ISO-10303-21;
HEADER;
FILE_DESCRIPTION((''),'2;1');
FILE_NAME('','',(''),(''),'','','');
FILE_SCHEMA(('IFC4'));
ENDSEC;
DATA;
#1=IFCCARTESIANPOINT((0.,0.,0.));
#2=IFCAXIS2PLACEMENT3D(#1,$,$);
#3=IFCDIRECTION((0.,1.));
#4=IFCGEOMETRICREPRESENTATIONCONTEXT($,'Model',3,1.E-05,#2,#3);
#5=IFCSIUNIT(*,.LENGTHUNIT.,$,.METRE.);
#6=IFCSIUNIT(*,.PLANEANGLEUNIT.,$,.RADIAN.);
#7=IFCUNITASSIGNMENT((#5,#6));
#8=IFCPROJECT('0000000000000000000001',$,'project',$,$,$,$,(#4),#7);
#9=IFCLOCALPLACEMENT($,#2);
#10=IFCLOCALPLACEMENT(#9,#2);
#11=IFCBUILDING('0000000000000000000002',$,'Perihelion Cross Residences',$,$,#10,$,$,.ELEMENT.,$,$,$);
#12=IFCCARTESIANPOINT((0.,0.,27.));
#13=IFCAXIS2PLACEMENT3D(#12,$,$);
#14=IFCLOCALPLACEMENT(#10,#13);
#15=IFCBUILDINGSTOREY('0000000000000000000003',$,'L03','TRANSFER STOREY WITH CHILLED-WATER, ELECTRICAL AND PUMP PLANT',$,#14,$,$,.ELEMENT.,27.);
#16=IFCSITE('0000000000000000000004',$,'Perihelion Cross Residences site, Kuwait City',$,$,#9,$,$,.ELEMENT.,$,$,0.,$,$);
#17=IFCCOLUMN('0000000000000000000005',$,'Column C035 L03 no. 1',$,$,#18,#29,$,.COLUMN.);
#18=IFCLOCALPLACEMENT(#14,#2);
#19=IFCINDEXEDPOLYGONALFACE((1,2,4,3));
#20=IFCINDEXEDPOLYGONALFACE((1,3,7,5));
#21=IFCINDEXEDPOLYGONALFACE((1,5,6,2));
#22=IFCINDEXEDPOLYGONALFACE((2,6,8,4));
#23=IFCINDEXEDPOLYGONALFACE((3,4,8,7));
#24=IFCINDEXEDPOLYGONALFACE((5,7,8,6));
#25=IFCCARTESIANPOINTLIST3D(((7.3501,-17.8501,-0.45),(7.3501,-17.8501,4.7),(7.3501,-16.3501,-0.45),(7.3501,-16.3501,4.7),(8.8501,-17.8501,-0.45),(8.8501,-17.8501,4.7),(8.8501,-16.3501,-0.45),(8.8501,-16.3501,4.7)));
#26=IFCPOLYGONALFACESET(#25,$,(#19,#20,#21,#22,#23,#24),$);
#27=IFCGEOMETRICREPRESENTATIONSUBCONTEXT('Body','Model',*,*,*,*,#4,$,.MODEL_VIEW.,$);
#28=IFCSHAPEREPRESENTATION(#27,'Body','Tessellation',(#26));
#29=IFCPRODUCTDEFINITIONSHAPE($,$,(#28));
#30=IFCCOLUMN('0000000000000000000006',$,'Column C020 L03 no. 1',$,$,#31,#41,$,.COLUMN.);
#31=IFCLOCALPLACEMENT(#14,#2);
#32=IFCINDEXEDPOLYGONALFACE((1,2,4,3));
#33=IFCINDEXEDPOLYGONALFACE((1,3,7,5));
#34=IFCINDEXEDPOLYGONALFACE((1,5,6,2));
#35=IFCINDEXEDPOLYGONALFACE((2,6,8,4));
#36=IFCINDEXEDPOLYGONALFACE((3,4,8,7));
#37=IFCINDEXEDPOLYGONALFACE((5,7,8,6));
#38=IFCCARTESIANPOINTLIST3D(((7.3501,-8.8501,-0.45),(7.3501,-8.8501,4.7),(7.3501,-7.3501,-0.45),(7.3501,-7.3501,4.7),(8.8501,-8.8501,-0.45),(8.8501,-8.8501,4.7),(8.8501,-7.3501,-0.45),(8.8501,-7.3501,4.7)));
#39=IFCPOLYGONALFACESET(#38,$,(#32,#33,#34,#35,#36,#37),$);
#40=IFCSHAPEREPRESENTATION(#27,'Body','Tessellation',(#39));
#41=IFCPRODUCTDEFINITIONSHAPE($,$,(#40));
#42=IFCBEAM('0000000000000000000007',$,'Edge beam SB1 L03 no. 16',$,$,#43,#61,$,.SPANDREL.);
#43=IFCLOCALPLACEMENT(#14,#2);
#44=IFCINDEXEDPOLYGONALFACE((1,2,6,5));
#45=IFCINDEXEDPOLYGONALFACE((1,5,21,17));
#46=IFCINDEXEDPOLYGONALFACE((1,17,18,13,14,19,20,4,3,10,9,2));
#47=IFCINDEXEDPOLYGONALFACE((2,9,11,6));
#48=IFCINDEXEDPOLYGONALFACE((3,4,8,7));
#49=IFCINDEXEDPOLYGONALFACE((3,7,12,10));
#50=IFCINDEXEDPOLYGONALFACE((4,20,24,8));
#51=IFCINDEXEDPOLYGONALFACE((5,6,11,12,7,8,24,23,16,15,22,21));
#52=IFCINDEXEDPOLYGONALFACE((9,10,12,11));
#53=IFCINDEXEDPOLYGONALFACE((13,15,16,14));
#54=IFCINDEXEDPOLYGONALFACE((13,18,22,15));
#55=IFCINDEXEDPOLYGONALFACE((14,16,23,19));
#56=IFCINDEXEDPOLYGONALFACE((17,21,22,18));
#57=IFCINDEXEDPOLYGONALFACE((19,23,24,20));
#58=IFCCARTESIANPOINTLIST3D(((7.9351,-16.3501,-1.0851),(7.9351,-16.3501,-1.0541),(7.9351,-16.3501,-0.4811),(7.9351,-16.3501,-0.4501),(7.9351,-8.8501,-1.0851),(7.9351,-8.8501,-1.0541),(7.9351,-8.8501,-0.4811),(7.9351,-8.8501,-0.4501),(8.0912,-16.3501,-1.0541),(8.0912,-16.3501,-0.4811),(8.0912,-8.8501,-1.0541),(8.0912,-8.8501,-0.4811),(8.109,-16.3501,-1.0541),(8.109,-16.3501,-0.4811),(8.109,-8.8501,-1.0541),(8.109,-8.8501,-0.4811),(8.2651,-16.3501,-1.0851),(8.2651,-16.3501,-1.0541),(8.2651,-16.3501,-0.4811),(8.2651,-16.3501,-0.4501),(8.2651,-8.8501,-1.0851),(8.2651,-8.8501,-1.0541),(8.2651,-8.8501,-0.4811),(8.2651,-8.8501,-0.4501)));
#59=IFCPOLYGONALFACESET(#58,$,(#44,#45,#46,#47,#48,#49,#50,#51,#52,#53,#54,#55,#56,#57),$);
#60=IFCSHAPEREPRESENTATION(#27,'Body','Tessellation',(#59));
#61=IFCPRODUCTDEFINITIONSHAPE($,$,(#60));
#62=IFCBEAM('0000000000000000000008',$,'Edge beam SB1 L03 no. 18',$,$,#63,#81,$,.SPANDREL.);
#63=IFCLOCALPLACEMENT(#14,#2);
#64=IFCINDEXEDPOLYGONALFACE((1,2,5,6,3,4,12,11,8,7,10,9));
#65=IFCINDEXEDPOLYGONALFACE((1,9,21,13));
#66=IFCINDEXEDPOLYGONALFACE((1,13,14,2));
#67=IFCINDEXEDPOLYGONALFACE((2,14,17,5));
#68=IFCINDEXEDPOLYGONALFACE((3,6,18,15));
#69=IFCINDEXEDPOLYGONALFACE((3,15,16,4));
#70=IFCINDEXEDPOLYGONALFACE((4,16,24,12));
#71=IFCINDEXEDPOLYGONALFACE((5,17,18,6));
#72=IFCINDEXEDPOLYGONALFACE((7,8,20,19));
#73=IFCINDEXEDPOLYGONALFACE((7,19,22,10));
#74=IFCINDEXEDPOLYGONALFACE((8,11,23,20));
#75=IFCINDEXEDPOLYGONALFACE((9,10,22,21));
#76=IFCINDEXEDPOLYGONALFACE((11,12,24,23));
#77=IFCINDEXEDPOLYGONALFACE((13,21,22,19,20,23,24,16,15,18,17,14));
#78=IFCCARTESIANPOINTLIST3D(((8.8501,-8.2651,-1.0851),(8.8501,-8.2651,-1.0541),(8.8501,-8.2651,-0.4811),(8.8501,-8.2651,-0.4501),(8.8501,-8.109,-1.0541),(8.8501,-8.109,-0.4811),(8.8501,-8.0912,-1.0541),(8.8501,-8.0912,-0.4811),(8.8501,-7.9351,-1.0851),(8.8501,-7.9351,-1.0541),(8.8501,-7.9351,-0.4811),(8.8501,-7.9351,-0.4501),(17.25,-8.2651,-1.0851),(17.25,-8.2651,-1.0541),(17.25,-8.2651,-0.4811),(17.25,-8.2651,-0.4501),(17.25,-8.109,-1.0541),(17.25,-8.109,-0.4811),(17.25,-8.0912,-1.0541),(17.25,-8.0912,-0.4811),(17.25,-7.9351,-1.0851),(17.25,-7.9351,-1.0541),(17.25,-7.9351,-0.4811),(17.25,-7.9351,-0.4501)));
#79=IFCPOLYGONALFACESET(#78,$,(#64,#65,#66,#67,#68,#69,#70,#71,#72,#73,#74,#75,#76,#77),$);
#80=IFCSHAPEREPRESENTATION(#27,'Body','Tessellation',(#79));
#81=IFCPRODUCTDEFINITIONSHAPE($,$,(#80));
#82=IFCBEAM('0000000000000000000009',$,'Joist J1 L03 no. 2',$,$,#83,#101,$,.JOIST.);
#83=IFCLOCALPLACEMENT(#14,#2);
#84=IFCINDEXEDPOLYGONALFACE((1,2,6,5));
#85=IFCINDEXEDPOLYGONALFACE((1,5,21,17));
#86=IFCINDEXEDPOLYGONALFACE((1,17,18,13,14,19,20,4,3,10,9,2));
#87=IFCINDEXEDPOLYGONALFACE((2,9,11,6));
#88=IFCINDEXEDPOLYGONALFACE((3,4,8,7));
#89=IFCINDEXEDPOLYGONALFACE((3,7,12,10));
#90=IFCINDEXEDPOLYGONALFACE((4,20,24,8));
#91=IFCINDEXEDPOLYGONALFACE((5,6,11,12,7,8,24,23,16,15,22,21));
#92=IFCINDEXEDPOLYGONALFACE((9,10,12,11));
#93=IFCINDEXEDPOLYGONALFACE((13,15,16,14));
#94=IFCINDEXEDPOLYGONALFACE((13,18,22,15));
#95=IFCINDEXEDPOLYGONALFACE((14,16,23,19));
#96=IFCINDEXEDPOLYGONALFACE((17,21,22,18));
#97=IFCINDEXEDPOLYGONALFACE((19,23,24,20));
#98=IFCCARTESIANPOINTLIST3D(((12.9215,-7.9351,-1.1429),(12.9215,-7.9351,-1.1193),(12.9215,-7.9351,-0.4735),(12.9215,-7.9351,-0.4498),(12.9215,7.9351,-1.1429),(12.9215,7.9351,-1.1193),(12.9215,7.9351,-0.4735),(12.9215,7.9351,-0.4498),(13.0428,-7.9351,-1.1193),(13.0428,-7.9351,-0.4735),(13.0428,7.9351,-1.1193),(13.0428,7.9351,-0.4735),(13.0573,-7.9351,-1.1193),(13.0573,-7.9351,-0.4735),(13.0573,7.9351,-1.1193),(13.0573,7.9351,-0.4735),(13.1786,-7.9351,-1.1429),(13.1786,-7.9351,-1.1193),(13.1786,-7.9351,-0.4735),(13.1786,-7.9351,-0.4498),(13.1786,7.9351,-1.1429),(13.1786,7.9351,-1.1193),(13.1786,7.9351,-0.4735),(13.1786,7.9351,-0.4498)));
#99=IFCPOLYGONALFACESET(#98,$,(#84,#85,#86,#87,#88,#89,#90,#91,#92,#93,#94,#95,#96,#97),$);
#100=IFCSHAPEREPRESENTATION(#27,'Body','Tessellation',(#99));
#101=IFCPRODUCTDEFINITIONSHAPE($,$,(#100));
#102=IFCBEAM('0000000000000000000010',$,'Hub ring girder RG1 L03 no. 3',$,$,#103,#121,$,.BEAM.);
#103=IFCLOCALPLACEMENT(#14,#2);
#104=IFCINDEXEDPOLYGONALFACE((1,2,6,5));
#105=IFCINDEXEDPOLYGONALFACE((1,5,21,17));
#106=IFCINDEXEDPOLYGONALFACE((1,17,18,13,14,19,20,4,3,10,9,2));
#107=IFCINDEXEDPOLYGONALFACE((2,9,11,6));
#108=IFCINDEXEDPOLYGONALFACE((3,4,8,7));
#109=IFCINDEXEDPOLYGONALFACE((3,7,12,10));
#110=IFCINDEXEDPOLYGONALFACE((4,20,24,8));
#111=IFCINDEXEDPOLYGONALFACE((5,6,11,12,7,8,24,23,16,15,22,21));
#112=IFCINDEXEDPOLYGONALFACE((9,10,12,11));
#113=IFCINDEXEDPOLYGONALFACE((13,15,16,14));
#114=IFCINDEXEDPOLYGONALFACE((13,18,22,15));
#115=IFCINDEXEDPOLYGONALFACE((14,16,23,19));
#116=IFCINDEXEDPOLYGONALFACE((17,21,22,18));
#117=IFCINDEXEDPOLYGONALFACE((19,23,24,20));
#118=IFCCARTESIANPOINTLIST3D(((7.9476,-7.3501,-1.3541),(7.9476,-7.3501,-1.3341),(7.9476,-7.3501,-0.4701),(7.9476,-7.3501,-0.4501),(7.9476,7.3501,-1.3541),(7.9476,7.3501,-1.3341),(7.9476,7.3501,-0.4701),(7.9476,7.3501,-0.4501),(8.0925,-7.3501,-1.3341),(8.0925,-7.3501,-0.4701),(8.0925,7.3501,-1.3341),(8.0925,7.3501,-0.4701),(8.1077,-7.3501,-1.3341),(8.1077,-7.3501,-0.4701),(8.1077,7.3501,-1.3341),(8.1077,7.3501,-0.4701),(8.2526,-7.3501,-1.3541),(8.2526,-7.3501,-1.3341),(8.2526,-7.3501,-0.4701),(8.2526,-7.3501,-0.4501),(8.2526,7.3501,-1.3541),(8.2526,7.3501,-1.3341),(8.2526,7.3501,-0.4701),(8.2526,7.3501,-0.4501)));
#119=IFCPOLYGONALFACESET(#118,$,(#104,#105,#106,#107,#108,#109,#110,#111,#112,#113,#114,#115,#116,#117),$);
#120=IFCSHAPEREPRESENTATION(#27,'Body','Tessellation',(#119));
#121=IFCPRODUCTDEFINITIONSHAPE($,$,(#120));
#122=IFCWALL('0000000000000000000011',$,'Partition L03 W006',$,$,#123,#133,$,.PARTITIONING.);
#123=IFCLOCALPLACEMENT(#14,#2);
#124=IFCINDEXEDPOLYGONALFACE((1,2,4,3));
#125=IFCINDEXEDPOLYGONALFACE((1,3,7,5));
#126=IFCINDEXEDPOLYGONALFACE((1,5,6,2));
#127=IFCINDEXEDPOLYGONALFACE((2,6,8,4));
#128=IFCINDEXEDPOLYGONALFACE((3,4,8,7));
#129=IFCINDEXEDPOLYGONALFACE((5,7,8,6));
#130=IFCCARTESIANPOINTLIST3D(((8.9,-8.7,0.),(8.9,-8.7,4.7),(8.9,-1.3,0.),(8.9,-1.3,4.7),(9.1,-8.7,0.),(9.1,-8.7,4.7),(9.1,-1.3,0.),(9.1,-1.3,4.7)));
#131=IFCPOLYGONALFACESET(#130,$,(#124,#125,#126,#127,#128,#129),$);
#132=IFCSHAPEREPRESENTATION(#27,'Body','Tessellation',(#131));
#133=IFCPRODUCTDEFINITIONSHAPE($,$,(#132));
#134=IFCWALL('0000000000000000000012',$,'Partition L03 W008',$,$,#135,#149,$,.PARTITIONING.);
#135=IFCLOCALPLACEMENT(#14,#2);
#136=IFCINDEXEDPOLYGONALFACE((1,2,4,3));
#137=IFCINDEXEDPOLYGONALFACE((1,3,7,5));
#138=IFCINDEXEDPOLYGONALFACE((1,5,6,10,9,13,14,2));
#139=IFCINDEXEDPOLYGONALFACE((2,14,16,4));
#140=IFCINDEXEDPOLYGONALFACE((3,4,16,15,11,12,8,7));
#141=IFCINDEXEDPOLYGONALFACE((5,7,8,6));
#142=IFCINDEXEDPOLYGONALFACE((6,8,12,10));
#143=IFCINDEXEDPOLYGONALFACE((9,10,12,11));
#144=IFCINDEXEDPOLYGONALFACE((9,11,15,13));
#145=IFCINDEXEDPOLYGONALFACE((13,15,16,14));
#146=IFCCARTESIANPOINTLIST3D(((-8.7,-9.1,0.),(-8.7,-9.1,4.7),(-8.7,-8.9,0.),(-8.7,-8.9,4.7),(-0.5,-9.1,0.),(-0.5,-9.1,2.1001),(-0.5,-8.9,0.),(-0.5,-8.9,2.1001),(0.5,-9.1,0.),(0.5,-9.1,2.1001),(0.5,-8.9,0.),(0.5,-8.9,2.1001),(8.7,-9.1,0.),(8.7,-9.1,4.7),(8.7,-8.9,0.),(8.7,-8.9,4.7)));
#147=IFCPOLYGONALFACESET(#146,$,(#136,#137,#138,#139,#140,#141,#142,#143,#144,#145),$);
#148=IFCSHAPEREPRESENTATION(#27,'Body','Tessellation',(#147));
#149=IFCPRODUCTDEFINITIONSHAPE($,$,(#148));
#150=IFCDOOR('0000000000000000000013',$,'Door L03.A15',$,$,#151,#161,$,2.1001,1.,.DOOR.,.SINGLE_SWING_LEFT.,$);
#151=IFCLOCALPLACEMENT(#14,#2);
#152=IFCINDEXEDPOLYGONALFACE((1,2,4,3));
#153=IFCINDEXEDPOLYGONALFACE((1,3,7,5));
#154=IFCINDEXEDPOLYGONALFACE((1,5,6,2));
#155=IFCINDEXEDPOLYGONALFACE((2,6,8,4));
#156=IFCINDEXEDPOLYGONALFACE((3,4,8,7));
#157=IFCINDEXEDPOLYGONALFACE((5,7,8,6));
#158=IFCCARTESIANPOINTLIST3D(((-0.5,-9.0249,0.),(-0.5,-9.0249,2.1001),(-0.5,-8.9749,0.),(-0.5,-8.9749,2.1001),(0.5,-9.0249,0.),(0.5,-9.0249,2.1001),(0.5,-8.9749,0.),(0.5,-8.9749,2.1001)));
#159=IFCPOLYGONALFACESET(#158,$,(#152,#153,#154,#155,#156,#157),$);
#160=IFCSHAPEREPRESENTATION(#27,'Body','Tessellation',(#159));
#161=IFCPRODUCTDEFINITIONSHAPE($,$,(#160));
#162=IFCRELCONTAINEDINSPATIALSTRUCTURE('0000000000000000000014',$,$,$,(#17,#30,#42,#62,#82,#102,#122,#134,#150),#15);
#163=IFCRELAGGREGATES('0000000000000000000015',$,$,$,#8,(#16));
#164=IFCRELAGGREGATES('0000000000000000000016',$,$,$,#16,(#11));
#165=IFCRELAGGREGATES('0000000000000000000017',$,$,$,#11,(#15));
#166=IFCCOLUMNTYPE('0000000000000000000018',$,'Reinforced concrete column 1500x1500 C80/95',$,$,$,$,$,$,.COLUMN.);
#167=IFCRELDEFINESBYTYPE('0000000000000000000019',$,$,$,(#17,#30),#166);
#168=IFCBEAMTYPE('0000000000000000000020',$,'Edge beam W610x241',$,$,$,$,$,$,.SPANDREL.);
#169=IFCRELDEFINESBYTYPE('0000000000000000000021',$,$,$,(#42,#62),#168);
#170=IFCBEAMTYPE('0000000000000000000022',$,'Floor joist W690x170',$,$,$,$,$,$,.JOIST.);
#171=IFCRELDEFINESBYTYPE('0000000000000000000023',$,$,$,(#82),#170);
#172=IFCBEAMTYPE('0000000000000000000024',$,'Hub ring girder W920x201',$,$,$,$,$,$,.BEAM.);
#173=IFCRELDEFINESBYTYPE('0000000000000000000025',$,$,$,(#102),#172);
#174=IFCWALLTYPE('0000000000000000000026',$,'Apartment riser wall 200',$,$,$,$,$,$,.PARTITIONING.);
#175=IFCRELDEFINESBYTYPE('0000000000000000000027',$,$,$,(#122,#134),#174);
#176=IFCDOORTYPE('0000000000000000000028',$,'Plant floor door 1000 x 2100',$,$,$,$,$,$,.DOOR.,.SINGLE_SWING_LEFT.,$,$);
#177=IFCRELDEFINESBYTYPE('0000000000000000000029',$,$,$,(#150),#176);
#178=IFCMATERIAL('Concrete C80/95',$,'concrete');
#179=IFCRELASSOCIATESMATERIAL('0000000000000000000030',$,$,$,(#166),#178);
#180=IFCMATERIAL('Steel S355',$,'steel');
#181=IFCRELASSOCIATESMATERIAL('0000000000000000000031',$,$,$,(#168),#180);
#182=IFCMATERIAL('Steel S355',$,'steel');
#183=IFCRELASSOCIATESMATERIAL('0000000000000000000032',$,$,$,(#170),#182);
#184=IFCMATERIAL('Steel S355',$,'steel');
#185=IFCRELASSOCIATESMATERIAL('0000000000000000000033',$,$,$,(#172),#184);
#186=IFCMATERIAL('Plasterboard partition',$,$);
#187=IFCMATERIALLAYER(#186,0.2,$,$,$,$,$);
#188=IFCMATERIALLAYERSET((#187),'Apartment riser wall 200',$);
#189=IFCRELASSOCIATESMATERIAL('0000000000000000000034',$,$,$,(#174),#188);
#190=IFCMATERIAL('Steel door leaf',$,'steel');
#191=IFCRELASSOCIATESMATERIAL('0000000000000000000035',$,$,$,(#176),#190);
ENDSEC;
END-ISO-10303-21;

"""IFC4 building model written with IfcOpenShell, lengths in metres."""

from ifc_helpers import new_model, si_unit, direction, frame, frame_2d, origin, origin_2d, place, context, subcontext, project, spatial, rectangle, i_section, extrude, material, layer, layer_set, material_profile, profile_set, type_object, element, fill, save


model = new_model("IFC4")

# Units and contexts
model_context = context("Model", 3, precision=1e-05, world=origin(), true_north=direction((0.0, 1.0)))
body_context = subcontext(model_context, "Body", "Model", "MODEL_VIEW")
ifc_project = project(units=[si_unit("LENGTHUNIT", "METRE"), si_unit("PLANEANGLEUNIT", "RADIAN")], contexts=[model_context])

# Site, building, storey
site_placement = place(None, origin())
site = spatial("IfcSite", under=ifc_project, at=site_placement, Name="Perihelion Cross Residences site, Kuwait City", CompositionType="ELEMENT", RefElevation=0.0)
building_placement = place(site_placement, origin())
building = spatial("IfcBuilding", under=site, at=building_placement, Name="Perihelion Cross Residences", CompositionType="ELEMENT")
storey_placement = place(building_placement, frame((0.0, 0.0, 27.0)))
storey = spatial("IfcBuildingStorey", under=building, at=storey_placement, Name="L03", Description="TRANSFER STOREY WITH CHILLED-WATER, ELECTRICAL AND PUMP PLANT", CompositionType="ELEMENT", Elevation=27.0)

# Columns
ifc_material_1 = material(Name="Concrete C80/95", Category="concrete")
ifc_material_profile_1 = material_profile(ifc_material_1, rectangle(XDim=1.5, YDim=1.5, at=origin_2d()), Name="RC 1500x1500")
ifc_profile_set_1 = profile_set([ifc_material_profile_1], Name="Concrete C80/95")
column_type = type_object("IfcColumnType", Name="Reinforced concrete column 1500x1500 C80/95", PredefinedType="COLUMN", material=ifc_profile_set_1)
for number, where, z_axis, x_axis, name in (
    (1, (8.1001, -17.1001, -0.45), (0.0, 0.0, 1.0), (1.0, 0.0, 0.0), "Column C035 L03 no. 1"),
    (2, (8.1001, -8.1001, -0.45), (0.0, 0.0, 1.0), (1.0, 0.0, 0.0), "Column C020 L03 no. 1"),
):
    element("IfcColumn", number, at=place(storey_placement, frame(where, z_axis=z_axis, x_axis=x_axis)), inside=storey, type_object=column_type, Name=name, PredefinedType="COLUMN", context=body_context, shape_type="SweptSolid", body=[
        extrude(rectangle(XDim=1.5, YDim=1.5, at=origin_2d()), origin(), (0.0, 0.0, 1.0), 5.1499),
    ])

# Beams
ifc_material_2 = material(Name="Steel S355", Category="steel")
ifc_material_profile_2 = material_profile(ifc_material_2, i_section(OverallWidth=0.3301, OverallDepth=0.635, WebThickness=0.0178, FlangeThickness=0.031, at=origin_2d()), Name="W610x241")
ifc_profile_set_2 = profile_set([ifc_material_profile_2], Name="Steel S355")
beam_type_1 = type_object("IfcBeamType", Name="Edge beam W610x241", PredefinedType="SPANDREL", material=ifc_profile_set_2)
beam_1_placement = place(storey_placement, frame((8.1001, -16.3501, -0.7676), z_axis=(0.0, 1.0, 0.0), x_axis=(-1.0, 0.0, 0.0)))
element("IfcBeam", 3, at=beam_1_placement, inside=storey, type_object=beam_type_1, Name="Edge beam SB1 L03 no. 16", PredefinedType="SPANDREL", context=body_context, shape_type="SweptSolid", body=[
    extrude(i_section(OverallWidth=0.3301, OverallDepth=0.635, WebThickness=0.0178, FlangeThickness=0.031, at=origin_2d()), origin(), (0.0, 0.0, 1.0), 7.5),
])
beam_2_placement = place(storey_placement, frame((8.8501, -8.1001, -0.7676), z_axis=(1.0, 0.0, 0.0), x_axis=(0.0, 1.0, 0.0)))
element("IfcBeam", 4, at=beam_2_placement, inside=storey, type_object=beam_type_1, Name="Edge beam SB1 L03 no. 18", PredefinedType="SPANDREL", context=body_context, shape_type="SweptSolid", body=[
    extrude(i_section(OverallWidth=0.3301, OverallDepth=0.635, WebThickness=0.0178, FlangeThickness=0.031, at=origin_2d()), origin(), (0.0, 0.0, 1.0), 8.3999),
])
ifc_material_3 = material(Name="Steel S355", Category="steel")
ifc_material_profile_3 = material_profile(ifc_material_3, i_section(OverallWidth=0.2571, OverallDepth=0.6931, WebThickness=0.0144, FlangeThickness=0.0237, at=origin_2d()), Name="W690x170")
ifc_profile_set_3 = profile_set([ifc_material_profile_3], Name="Steel S355")
beam_type_2 = type_object("IfcBeamType", Name="Floor joist W690x170", PredefinedType="JOIST", material=ifc_profile_set_3)
beam_3_placement = place(storey_placement, frame((13.05, -7.9351, -0.7964), z_axis=(0.0, 1.0, 0.0), x_axis=(-1.0, 0.0, 0.0)))
element("IfcBeam", 5, at=beam_3_placement, inside=storey, type_object=beam_type_2, Name="Joist J1 L03 no. 2", PredefinedType="JOIST", context=body_context, shape_type="SweptSolid", body=[
    extrude(i_section(OverallWidth=0.2571, OverallDepth=0.6931, WebThickness=0.0144, FlangeThickness=0.0237, at=origin_2d()), origin(), (0.0, 0.0, 1.0), 15.8701),
])
ifc_material_4 = material(Name="Steel S355", Category="steel")
ifc_material_profile_4 = material_profile(ifc_material_4, i_section(OverallWidth=0.3049, OverallDepth=0.9041, WebThickness=0.0151, FlangeThickness=0.02, at=origin_2d()), Name="W920x201")
ifc_profile_set_4 = profile_set([ifc_material_profile_4], Name="Steel S355")
beam_type_3 = type_object("IfcBeamType", Name="Hub ring girder W920x201", PredefinedType="BEAM", material=ifc_profile_set_4)
beam_4_placement = place(storey_placement, frame((8.1001, -7.3501, -0.9021), z_axis=(0.0, 1.0, 0.0), x_axis=(-1.0, 0.0, 0.0)))
element("IfcBeam", 6, at=beam_4_placement, inside=storey, type_object=beam_type_3, Name="Hub ring girder RG1 L03 no. 3", PredefinedType="BEAM", context=body_context, shape_type="SweptSolid", body=[
    extrude(i_section(OverallWidth=0.3049, OverallDepth=0.9041, WebThickness=0.0151, FlangeThickness=0.02, at=origin_2d()), origin(), (0.0, 0.0, 1.0), 14.7002),
])

# Wall
ifc_material_5 = material(Name="Plasterboard partition")
ifc_layer_1 = layer(ifc_material_5, 0.2)
ifc_layer_set_1 = layer_set([ifc_layer_1], Name="Apartment riser wall 200")
wall_type_1 = type_object("IfcWallType", Name="Apartment riser wall 200", PredefinedType="PARTITIONING", material=ifc_layer_set_1)
wall_1_placement = place(storey_placement, frame((9.0, -1.3, 0.0), z_axis=(0.0, 0.0, 1.0), x_axis=(0.0, -1.0, 0.0)))
element("IfcWall", 7, at=wall_1_placement, inside=storey, type_object=wall_type_1, Name="Partition L03 W006", PredefinedType="PARTITIONING", context=body_context, shape_type="SweptSolid", body=[
    extrude(rectangle(XDim=7.3999, YDim=0.2, at=frame_2d((3.7, 0.0))), origin(), (0.0, 0.0, 1.0), 4.7),
])

# Wall, opening, door
wall_2_placement = place(storey_placement, frame((8.7, -9.0, 0.0), z_axis=(0.0, 0.0, 1.0), x_axis=(-1.0, 0.0, 0.0)))
wall_2 = element("IfcWall", 8, at=wall_2_placement, inside=storey, type_object=wall_type_1, Name="Partition L03 W008", PredefinedType="PARTITIONING", context=body_context, shape_type="SweptSolid", body=[
    extrude(rectangle(XDim=17.3999, YDim=0.2, at=frame_2d((8.7, 0.0))), origin(), (0.0, 0.0, 1.0), 4.7),
])
opening_1_placement = place(wall_2_placement, frame((8.2, 0.0, 0.0)))
opening_1 = element("IfcOpeningElement", 9, at=opening_1_placement, cuts=wall_2, PredefinedType="OPENING", context=body_context, shape_type="SweptSolid", body=[
    extrude(rectangle(XDim=1.0, YDim=2.1001, at=frame_2d((0.5, 1.05))), frame((0.0, 0.1099, 0.0), z_axis=(0.0, -1.0, 0.0), x_axis=(1.0, 0.0, 0.0)), (0.0, 0.0, 1.0), 0.22),
])
ifc_material_6 = material(Name="Steel door leaf", Category="steel")
door_type_1 = type_object("IfcDoorType", Name="Plant floor door 1000 x 2100", OperationType="SINGLE_SWING_LEFT", PredefinedType="DOOR", material=ifc_material_6)
door_1_placement = place(opening_1_placement, origin())
door_1 = element("IfcDoor", 10, at=door_1_placement, inside=storey, type_object=door_type_1, Name="Door L03.A15", OperationType="SINGLE_SWING_LEFT", OverallHeight=2.1001, OverallWidth=1.0, PredefinedType="DOOR", context=body_context, shape_type="SweptSolid", body=[
    extrude(rectangle(XDim=1.0, YDim=2.1001, at=frame_2d((0.5, 1.05))), frame((0.0, 0.0249, 0.0), z_axis=(0.0, -1.0, 0.0), x_axis=(1.0, 0.0, 0.0)), (0.0, 0.0, 1.0), 0.05),
])
fill(opening_1, door_1)

save(model, "model.ifc")
